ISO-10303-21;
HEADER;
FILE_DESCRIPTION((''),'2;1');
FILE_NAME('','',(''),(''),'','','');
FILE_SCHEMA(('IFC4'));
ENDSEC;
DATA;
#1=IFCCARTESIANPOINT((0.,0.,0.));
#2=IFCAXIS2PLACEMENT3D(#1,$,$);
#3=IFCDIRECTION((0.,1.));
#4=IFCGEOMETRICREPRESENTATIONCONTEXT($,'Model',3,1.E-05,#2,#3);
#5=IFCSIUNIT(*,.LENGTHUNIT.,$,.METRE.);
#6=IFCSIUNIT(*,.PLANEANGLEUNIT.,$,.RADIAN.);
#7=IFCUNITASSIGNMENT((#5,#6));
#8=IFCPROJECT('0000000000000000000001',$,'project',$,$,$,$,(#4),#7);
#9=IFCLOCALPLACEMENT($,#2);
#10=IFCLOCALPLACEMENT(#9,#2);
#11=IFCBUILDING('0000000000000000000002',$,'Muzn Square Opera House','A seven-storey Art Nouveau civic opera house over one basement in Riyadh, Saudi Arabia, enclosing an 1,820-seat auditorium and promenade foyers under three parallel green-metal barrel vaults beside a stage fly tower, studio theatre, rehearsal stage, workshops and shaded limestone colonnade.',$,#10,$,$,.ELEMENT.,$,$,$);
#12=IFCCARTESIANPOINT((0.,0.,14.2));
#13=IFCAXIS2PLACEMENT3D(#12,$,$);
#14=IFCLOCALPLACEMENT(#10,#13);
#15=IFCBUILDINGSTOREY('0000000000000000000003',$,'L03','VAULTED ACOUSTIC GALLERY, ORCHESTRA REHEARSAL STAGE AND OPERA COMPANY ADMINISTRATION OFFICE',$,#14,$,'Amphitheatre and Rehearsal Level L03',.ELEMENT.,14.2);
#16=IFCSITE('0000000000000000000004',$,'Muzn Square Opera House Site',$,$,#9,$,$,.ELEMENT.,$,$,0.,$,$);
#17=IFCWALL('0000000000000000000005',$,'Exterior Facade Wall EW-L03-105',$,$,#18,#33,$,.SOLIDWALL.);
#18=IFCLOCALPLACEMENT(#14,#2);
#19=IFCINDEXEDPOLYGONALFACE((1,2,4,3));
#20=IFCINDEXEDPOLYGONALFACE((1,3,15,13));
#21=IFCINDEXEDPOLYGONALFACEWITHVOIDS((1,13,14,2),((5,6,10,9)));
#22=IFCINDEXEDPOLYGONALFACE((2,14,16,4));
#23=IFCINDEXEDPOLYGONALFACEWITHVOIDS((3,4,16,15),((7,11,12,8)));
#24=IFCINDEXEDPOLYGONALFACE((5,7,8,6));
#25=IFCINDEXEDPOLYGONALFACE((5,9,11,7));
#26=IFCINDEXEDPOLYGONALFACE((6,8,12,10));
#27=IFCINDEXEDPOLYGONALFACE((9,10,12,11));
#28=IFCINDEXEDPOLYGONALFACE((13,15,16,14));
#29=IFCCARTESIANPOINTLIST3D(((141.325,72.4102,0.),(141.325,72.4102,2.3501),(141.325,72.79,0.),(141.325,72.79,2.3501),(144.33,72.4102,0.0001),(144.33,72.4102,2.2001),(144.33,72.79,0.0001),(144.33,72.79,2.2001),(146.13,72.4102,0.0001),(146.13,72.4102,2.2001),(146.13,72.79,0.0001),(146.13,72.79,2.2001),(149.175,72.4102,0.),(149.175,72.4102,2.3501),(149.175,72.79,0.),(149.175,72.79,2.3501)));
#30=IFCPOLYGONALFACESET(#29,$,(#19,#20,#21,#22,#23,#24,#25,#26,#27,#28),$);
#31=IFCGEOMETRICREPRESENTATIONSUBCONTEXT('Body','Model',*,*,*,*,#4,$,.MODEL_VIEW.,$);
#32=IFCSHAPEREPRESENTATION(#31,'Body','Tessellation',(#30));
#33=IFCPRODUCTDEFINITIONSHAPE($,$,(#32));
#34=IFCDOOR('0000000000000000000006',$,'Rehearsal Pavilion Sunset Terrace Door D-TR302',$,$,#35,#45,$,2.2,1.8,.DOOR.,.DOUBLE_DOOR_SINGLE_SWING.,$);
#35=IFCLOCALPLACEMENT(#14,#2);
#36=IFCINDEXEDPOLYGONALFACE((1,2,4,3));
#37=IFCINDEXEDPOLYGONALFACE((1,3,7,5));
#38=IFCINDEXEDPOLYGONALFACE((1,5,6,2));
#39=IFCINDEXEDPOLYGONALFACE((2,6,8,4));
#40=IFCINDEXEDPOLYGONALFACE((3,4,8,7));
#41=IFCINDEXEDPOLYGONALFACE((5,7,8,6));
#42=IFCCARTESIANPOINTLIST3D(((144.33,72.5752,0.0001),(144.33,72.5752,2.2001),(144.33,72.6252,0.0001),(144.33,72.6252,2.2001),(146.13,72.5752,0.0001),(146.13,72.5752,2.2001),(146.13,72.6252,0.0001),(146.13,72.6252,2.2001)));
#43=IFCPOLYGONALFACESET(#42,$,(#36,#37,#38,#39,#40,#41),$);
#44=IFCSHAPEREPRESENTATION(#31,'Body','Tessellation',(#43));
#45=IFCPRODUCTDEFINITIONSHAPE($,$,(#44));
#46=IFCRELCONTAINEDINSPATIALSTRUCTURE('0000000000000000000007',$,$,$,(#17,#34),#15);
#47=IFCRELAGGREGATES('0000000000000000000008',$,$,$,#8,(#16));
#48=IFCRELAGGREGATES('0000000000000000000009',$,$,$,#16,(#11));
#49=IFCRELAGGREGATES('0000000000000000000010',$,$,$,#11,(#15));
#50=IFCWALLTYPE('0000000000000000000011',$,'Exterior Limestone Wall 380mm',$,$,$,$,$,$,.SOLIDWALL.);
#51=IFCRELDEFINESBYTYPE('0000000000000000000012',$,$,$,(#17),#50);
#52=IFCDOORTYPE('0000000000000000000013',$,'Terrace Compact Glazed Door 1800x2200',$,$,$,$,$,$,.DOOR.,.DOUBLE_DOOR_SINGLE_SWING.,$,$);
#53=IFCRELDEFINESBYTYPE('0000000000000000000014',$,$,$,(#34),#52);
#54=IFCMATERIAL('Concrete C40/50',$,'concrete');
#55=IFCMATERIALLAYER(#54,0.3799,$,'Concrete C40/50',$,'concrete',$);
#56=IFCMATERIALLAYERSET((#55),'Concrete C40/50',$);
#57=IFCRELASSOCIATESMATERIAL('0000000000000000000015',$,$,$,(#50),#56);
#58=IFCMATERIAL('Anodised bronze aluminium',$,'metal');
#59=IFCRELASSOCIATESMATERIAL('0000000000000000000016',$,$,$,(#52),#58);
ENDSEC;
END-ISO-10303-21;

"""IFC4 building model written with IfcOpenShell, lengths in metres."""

from ifc_helpers import new_model, si_unit, direction, frame, frame_2d, origin, place, context, subcontext, project, spatial, rectangle, extrude, material, layer, layer_set, type_object, element, fill, save


model = new_model("IFC4")

# Units and contexts
model_context = context("Model", 3, precision=1e-05, world=origin(), true_north=direction((0.0, 1.0)))
body_context = subcontext(model_context, "Body", "Model", "MODEL_VIEW")
ifc_project = project(units=[si_unit("LENGTHUNIT", "METRE"), si_unit("PLANEANGLEUNIT", "RADIAN")], contexts=[model_context])

# Site, building, storey
site_placement = place(None, origin())
site = spatial("IfcSite", under=ifc_project, at=site_placement, Name="Muzn Square Opera House Site", CompositionType="ELEMENT", RefElevation=0.0)
building_placement = place(site_placement, origin())
building = spatial("IfcBuilding", under=site, at=building_placement, Name="Muzn Square Opera House", Description="A seven-storey Art Nouveau civic opera house over one basement in Riyadh, Saudi Arabia, enclosing an 1,820-seat auditorium and promenade foyers under three parallel green-metal barrel vaults beside a stage fly tower, studio theatre, rehearsal stage, workshops and shaded limestone colonnade.", CompositionType="ELEMENT")
storey_placement = place(building_placement, frame((0.0, 0.0, 14.2)))
storey = spatial("IfcBuildingStorey", under=building, at=storey_placement, Name="L03", Description="VAULTED ACOUSTIC GALLERY, ORCHESTRA REHEARSAL STAGE AND OPERA COMPANY ADMINISTRATION OFFICE", LongName="Amphitheatre and Rehearsal Level L03", CompositionType="ELEMENT", Elevation=14.2)

# Shared definitions
ifc_material_1 = material(Name="Concrete C40/50", Category="concrete")

# Wall, opening, door
ifc_layer_1 = layer(ifc_material_1, 0.3799, Name="Concrete C40/50", Category="concrete")
ifc_layer_set_1 = layer_set([ifc_layer_1], Name="Concrete C40/50")
wall_type_1 = type_object("IfcWallType", Name="Exterior Limestone Wall 380mm", PredefinedType="SOLIDWALL", material=ifc_layer_set_1)
ifc_material_2 = material(Name="Anodised bronze aluminium", Category="metal")
door_type = type_object("IfcDoorType", Name="Terrace Compact Glazed Door 1800x2200", OperationType="DOUBLE_DOOR_SINGLE_SWING", PredefinedType="DOOR", material=ifc_material_2)
wall_1_placement = place(storey_placement, frame((141.325, 72.6001, 0.0), z_axis=(0.0, 0.0, 1.0), x_axis=(1.0, 0.0, 0.0)))
wall_1 = element("IfcWall", 1, at=wall_1_placement, inside=storey, type_object=wall_type_1, Name="Exterior Facade Wall EW-L03-105", PredefinedType="SOLIDWALL", context=body_context, shape_type="SweptSolid", body=[
    extrude(rectangle(XDim=7.8501, YDim=0.3799, at=frame_2d((3.925, 0.0))), origin(), (0.0, 0.0, 1.0), 2.3501),
])
opening_1_placement = place(wall_1_placement, frame((4.8049, 0.0, 0.0), z_axis=(0.0, 0.0, 1.0), x_axis=(-1.0, 0.0, 0.0)))
opening_1 = element("IfcOpeningElement", 2, at=opening_1_placement, cuts=wall_1, PredefinedType="OPENING", context=body_context, shape_type="SweptSolid", body=[
    extrude(rectangle(XDim=1.8, YDim=2.2, at=frame_2d((0.8999, 1.1001))), frame((0.0, 0.2, 0.0), z_axis=(0.0, -1.0, 0.0), x_axis=(1.0, 0.0, 0.0)), (0.0, 0.0, 1.0), 0.3999),
])
door_1_placement = place(opening_1_placement, origin())
door_1 = element("IfcDoor", 3, at=door_1_placement, inside=storey, type_object=door_type, Name="Rehearsal Pavilion Sunset Terrace Door D-TR302", OperationType="DOUBLE_DOOR_SINGLE_SWING", OverallHeight=2.2, OverallWidth=1.8, PredefinedType="DOOR", context=body_context, shape_type="SweptSolid", body=[
    extrude(rectangle(XDim=1.8, YDim=2.2, at=frame_2d((0.8999, 1.1001))), frame((0.0, 0.0249, 0.0), z_axis=(0.0, -1.0, 0.0), x_axis=(1.0, 0.0, 0.0)), (0.0, 0.0, 1.0), 0.05),
])
fill(opening_1, door_1)

save(model, "model.ifc")
